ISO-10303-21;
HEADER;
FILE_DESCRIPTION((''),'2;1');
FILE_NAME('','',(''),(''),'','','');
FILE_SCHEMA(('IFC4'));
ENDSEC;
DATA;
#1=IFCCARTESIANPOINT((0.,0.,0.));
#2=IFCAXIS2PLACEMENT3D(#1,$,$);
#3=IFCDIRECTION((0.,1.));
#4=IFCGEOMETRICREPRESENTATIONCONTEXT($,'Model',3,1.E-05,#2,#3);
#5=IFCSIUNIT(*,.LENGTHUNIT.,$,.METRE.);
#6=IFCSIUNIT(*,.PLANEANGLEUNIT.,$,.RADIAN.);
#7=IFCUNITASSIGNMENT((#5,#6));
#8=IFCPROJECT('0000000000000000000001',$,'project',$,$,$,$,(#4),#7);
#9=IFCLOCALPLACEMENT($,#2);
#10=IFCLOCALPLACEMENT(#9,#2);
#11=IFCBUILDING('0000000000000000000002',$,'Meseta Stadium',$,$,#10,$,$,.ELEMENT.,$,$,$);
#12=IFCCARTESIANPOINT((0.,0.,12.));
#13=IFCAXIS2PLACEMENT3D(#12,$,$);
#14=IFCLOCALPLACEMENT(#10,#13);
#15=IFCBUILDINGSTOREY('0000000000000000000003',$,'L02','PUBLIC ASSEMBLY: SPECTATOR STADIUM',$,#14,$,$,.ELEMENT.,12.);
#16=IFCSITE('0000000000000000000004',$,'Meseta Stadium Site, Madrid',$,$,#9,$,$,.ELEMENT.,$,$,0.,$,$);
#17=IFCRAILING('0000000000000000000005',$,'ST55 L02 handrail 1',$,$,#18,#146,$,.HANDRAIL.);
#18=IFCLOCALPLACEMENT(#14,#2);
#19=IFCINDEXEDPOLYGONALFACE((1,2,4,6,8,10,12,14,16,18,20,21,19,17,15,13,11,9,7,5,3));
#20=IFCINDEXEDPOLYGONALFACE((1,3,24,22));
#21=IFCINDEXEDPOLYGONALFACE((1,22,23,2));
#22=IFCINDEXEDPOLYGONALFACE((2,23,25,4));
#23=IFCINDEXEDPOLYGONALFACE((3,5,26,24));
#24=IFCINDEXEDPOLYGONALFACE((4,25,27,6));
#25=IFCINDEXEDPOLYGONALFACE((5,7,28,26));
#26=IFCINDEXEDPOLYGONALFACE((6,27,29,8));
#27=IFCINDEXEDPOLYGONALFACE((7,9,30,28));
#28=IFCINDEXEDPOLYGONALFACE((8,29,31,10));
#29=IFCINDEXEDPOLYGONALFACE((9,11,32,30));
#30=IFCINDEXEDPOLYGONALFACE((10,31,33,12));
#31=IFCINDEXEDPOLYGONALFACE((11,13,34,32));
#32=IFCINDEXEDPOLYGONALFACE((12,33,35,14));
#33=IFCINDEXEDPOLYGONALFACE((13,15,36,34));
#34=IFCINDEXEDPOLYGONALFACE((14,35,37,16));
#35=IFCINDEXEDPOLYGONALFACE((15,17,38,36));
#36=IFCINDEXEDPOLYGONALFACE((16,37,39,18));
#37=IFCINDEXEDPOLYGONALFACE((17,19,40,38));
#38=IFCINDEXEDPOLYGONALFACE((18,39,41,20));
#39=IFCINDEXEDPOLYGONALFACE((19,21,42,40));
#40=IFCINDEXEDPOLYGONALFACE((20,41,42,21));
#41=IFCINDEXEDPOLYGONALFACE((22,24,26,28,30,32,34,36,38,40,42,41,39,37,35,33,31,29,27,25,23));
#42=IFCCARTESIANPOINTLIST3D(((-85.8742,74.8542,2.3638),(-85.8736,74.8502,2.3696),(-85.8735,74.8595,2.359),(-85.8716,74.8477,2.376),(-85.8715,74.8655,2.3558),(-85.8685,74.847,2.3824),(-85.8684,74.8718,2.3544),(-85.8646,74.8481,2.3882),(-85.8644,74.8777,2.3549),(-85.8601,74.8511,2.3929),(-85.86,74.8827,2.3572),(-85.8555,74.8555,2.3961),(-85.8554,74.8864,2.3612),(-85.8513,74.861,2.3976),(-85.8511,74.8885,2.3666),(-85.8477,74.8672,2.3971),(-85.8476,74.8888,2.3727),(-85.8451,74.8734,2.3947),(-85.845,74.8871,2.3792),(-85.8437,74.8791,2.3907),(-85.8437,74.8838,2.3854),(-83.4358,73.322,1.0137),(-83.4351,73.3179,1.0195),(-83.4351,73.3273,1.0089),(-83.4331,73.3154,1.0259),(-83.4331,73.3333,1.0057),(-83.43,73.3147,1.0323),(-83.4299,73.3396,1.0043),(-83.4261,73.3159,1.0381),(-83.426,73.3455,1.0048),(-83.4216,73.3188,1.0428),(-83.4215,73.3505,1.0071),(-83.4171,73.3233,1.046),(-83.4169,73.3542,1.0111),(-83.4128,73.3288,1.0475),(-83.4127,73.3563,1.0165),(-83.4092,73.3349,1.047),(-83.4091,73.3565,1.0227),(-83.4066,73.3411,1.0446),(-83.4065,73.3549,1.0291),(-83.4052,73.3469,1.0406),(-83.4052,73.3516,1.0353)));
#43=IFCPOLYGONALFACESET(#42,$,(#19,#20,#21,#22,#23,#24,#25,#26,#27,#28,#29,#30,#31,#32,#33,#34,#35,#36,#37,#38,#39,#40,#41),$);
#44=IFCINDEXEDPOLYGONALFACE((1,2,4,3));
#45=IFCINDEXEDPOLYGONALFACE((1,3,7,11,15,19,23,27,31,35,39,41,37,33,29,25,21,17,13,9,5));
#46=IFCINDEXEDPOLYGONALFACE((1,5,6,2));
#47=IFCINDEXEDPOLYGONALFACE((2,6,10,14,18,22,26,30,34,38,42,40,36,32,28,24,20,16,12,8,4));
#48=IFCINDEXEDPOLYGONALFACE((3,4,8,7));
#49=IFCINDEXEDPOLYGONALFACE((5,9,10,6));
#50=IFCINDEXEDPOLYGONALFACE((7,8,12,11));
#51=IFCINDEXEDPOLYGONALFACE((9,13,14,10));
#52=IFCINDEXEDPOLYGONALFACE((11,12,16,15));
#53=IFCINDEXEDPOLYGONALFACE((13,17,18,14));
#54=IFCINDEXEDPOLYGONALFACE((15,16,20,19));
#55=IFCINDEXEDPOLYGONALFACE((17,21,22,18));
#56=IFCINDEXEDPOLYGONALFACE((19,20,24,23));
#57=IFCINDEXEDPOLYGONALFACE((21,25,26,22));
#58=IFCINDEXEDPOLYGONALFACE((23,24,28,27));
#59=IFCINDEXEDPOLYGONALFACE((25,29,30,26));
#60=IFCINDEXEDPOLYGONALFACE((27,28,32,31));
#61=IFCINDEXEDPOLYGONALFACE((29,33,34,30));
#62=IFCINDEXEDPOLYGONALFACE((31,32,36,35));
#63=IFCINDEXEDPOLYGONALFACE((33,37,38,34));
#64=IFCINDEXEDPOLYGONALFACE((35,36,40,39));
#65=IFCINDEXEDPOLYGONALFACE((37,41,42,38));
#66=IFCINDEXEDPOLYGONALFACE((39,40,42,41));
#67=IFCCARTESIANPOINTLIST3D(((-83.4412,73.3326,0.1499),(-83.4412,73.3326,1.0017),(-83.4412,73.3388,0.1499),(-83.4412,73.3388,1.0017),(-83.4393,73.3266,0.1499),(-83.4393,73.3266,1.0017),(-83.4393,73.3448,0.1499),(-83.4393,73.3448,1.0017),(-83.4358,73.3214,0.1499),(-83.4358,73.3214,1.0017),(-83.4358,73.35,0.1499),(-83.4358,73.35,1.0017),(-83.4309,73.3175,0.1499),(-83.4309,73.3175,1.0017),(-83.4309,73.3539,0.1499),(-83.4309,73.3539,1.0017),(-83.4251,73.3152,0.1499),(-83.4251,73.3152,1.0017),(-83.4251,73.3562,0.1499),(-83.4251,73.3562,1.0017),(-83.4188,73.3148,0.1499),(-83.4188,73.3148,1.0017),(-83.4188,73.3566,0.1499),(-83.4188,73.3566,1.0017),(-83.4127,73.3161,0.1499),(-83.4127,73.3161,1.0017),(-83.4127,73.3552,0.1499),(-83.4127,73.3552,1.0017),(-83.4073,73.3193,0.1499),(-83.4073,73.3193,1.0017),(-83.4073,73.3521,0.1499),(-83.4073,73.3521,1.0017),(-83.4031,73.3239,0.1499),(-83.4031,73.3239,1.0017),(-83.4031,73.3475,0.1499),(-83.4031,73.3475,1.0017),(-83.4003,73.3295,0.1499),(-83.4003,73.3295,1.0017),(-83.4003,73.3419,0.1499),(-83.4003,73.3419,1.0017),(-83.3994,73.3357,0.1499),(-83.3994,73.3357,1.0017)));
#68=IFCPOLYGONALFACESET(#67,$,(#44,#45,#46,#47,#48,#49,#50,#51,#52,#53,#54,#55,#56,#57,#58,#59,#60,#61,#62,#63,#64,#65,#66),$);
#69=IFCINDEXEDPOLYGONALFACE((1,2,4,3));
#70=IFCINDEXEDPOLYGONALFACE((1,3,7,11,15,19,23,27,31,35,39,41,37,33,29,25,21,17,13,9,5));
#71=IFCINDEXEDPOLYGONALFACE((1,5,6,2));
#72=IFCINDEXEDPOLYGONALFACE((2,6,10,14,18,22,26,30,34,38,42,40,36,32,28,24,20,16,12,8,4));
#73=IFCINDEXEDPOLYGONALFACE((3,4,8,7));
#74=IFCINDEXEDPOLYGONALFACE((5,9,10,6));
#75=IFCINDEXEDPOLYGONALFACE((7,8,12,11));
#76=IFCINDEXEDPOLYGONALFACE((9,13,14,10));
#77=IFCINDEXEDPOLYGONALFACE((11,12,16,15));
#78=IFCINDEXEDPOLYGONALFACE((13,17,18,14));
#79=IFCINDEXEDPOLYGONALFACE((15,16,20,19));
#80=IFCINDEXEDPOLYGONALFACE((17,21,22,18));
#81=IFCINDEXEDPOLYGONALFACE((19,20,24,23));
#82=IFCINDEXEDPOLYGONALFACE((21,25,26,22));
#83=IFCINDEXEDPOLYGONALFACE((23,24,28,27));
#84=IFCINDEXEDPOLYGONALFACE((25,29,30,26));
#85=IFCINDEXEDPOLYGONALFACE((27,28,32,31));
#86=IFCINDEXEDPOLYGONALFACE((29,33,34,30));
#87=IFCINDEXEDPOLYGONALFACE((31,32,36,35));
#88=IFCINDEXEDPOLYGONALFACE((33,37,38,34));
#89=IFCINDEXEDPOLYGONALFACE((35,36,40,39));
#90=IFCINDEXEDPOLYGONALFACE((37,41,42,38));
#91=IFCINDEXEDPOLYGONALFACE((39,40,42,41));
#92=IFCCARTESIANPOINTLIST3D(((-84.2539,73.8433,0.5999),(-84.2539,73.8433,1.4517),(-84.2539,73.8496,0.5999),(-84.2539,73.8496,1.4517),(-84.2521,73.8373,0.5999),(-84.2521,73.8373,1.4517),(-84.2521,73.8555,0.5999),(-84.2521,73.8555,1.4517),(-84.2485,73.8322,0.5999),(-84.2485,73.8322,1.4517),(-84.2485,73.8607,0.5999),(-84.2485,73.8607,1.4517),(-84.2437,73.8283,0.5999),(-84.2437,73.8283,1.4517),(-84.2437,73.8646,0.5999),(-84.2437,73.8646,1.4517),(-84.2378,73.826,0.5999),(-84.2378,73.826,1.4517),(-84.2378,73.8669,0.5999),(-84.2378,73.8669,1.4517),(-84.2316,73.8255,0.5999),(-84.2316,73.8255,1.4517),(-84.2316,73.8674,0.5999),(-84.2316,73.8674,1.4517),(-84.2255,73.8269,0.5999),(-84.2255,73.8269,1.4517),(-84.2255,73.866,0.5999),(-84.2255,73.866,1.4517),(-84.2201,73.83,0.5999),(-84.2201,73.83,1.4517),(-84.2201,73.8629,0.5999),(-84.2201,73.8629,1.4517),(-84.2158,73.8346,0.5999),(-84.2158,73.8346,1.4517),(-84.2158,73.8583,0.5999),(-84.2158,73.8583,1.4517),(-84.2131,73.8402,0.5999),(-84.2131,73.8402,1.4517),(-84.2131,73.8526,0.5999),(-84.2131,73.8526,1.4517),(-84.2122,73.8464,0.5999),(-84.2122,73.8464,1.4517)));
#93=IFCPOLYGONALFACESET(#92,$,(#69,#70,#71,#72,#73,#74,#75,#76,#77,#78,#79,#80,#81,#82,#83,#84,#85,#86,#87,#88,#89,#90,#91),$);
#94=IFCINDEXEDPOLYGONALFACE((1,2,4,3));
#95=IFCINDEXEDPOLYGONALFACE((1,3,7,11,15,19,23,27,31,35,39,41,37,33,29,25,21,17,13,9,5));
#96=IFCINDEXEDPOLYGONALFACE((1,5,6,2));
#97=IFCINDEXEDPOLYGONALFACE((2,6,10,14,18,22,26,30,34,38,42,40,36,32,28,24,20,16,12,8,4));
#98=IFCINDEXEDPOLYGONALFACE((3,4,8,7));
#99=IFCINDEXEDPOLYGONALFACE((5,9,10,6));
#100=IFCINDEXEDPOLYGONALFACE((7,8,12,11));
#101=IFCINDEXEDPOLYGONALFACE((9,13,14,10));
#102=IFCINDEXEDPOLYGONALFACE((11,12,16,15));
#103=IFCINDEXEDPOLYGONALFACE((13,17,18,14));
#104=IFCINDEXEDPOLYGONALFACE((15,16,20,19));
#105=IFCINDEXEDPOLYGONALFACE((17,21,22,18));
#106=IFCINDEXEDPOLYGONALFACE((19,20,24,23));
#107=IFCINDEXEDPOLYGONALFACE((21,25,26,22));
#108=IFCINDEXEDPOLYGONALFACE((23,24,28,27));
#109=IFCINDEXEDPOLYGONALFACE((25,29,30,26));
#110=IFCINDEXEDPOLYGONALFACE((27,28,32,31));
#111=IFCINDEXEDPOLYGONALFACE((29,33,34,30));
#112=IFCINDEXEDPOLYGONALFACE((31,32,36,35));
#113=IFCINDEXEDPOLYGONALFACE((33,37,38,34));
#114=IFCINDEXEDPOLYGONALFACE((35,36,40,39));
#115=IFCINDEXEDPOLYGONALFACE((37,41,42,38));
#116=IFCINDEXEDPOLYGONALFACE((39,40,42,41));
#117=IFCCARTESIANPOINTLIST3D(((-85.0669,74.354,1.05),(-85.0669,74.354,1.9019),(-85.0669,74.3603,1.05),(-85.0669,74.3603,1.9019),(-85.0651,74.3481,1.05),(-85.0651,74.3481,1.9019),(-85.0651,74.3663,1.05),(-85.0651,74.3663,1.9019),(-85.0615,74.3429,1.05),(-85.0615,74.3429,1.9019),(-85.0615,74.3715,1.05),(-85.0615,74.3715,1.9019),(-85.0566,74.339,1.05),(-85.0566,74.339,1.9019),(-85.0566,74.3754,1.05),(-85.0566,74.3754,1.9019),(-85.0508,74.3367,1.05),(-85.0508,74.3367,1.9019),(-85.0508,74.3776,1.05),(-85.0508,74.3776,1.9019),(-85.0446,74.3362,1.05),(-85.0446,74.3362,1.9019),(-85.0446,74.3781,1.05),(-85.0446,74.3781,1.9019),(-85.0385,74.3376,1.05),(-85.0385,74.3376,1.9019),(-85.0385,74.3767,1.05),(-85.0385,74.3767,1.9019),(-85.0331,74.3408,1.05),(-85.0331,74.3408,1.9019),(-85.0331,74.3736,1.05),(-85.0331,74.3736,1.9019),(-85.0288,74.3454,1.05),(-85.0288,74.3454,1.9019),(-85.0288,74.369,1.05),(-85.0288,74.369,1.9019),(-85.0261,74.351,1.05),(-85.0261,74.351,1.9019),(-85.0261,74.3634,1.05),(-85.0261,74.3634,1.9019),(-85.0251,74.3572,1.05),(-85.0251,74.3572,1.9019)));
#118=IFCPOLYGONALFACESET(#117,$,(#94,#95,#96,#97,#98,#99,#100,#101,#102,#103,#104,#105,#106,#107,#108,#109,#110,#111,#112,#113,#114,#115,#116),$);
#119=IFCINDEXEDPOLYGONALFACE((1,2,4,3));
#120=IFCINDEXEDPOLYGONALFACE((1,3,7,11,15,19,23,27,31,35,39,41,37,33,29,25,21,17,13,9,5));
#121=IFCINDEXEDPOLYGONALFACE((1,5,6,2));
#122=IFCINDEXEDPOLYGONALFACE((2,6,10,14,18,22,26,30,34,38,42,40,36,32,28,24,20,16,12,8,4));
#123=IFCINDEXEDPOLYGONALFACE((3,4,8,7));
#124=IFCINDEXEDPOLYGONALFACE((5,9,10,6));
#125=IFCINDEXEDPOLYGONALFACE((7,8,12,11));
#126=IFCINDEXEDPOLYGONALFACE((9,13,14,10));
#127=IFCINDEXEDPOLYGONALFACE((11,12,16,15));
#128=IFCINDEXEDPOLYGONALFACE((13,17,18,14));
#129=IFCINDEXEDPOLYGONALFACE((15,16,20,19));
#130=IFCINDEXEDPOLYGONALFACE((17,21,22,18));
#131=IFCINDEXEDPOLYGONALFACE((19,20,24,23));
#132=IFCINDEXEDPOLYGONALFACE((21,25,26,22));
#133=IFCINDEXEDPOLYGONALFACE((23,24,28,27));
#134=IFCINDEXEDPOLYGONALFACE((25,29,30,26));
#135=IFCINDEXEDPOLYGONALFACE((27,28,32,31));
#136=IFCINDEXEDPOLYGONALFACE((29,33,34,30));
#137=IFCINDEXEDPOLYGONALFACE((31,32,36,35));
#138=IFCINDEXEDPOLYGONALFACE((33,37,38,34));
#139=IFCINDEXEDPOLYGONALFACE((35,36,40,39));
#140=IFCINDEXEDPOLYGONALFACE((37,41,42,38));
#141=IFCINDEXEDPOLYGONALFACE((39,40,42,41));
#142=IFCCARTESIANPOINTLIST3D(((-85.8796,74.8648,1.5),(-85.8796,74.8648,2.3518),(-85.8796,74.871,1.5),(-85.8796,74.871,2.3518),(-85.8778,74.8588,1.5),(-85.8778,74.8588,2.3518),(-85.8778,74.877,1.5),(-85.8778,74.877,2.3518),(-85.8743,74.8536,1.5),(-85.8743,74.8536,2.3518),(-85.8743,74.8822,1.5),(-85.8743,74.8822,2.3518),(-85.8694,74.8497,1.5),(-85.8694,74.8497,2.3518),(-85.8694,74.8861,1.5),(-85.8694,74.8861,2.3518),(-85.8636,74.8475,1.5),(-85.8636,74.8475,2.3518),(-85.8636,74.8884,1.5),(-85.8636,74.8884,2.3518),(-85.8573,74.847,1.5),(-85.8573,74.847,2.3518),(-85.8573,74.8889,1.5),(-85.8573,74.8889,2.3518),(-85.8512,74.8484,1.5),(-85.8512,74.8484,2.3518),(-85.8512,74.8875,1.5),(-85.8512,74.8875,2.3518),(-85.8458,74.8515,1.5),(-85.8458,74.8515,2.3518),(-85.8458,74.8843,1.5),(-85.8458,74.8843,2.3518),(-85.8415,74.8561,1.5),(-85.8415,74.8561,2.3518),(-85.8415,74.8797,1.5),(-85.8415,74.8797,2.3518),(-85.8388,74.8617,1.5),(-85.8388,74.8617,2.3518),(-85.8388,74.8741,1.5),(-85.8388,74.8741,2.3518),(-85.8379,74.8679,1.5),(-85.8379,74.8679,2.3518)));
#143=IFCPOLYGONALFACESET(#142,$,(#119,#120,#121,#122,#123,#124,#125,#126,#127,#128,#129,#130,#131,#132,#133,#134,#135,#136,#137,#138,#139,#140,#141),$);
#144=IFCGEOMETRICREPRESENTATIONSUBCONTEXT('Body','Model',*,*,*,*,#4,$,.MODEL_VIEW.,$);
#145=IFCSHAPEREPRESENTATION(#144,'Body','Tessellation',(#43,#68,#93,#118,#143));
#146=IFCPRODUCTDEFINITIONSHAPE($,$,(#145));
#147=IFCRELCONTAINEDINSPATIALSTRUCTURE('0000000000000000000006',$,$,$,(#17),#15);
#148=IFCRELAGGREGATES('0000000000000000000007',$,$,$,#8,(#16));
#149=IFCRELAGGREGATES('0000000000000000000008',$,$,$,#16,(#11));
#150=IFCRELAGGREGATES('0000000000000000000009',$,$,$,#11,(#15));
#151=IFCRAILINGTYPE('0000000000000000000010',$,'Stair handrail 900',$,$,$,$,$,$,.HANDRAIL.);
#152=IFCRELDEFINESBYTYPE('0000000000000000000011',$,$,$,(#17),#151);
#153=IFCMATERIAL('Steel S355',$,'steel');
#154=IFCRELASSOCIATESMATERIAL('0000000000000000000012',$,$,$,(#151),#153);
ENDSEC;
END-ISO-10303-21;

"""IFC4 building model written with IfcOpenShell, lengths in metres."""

from ifc_helpers import new_model, si_unit, direction, frame, origin, origin_2d, place, context, subcontext, project, spatial, circle, extrude, material, type_object, element, save


model = new_model("IFC4")

# Units and contexts
model_context = context("Model", 3, precision=1e-05, world=origin(), true_north=direction((0.0, 1.0)))
body_context = subcontext(model_context, "Body", "Model", "MODEL_VIEW")
ifc_project = project(units=[si_unit("LENGTHUNIT", "METRE"), si_unit("PLANEANGLEUNIT", "RADIAN")], contexts=[model_context])

# Site, building, storey
site_placement = place(None, origin())
site = spatial("IfcSite", under=ifc_project, at=site_placement, Name="Meseta Stadium Site, Madrid", CompositionType="ELEMENT", RefElevation=0.0)
building_placement = place(site_placement, origin())
building = spatial("IfcBuilding", under=site, at=building_placement, Name="Meseta Stadium", CompositionType="ELEMENT")
storey_placement = place(building_placement, frame((0.0, 0.0, 12.0)))
storey = spatial("IfcBuildingStorey", under=building, at=storey_placement, Name="L02", Description="PUBLIC ASSEMBLY: SPECTATOR STADIUM", CompositionType="ELEMENT", Elevation=12.0)

# Railing
ifc_material_1 = material(Name="Steel S355", Category="steel")
railing_type_1 = type_object("IfcRailingType", Name="Stair handrail 900", PredefinedType="HANDRAIL", material=ifc_material_1)
for number, where, name in (
    (1, (-83.4204, 73.3357, 0.1499), "ST55 L02 handrail 1"),
):
    element("IfcRailing", number, at=place(storey_placement, frame(where)), inside=storey, type_object=railing_type_1, Name=name, PredefinedType="HANDRAIL", context=body_context, shape_type="SweptSolid", body=[
        extrude(circle(Radius=0.0239, at=origin_2d()), frame((0.0, 0.0, 0.876), z_axis=(-0.766655, 0.481731, 0.42447), x_axis=(-0.53204, -0.846719, 0.0)), (0.0, 0.0, 1.0), 3.1807),
        extrude(circle(Radius=0.021, at=origin_2d()), origin(), (0.0, 0.0, 1.0), 0.8518),
        extrude(circle(Radius=0.021, at=origin_2d()), frame((-0.8127, 0.5107, 0.45)), (0.0, 0.0, 1.0), 0.8518),
        extrude(circle(Radius=0.021, at=origin_2d()), frame((-1.6257, 1.0215, 0.9001)), (0.0, 0.0, 1.0), 0.8518),
        extrude(circle(Radius=0.021, at=origin_2d()), frame((-2.4385, 1.5322, 1.3501)), (0.0, 0.0, 1.0), 0.8518),
    ])

save(model, "model.ifc")
